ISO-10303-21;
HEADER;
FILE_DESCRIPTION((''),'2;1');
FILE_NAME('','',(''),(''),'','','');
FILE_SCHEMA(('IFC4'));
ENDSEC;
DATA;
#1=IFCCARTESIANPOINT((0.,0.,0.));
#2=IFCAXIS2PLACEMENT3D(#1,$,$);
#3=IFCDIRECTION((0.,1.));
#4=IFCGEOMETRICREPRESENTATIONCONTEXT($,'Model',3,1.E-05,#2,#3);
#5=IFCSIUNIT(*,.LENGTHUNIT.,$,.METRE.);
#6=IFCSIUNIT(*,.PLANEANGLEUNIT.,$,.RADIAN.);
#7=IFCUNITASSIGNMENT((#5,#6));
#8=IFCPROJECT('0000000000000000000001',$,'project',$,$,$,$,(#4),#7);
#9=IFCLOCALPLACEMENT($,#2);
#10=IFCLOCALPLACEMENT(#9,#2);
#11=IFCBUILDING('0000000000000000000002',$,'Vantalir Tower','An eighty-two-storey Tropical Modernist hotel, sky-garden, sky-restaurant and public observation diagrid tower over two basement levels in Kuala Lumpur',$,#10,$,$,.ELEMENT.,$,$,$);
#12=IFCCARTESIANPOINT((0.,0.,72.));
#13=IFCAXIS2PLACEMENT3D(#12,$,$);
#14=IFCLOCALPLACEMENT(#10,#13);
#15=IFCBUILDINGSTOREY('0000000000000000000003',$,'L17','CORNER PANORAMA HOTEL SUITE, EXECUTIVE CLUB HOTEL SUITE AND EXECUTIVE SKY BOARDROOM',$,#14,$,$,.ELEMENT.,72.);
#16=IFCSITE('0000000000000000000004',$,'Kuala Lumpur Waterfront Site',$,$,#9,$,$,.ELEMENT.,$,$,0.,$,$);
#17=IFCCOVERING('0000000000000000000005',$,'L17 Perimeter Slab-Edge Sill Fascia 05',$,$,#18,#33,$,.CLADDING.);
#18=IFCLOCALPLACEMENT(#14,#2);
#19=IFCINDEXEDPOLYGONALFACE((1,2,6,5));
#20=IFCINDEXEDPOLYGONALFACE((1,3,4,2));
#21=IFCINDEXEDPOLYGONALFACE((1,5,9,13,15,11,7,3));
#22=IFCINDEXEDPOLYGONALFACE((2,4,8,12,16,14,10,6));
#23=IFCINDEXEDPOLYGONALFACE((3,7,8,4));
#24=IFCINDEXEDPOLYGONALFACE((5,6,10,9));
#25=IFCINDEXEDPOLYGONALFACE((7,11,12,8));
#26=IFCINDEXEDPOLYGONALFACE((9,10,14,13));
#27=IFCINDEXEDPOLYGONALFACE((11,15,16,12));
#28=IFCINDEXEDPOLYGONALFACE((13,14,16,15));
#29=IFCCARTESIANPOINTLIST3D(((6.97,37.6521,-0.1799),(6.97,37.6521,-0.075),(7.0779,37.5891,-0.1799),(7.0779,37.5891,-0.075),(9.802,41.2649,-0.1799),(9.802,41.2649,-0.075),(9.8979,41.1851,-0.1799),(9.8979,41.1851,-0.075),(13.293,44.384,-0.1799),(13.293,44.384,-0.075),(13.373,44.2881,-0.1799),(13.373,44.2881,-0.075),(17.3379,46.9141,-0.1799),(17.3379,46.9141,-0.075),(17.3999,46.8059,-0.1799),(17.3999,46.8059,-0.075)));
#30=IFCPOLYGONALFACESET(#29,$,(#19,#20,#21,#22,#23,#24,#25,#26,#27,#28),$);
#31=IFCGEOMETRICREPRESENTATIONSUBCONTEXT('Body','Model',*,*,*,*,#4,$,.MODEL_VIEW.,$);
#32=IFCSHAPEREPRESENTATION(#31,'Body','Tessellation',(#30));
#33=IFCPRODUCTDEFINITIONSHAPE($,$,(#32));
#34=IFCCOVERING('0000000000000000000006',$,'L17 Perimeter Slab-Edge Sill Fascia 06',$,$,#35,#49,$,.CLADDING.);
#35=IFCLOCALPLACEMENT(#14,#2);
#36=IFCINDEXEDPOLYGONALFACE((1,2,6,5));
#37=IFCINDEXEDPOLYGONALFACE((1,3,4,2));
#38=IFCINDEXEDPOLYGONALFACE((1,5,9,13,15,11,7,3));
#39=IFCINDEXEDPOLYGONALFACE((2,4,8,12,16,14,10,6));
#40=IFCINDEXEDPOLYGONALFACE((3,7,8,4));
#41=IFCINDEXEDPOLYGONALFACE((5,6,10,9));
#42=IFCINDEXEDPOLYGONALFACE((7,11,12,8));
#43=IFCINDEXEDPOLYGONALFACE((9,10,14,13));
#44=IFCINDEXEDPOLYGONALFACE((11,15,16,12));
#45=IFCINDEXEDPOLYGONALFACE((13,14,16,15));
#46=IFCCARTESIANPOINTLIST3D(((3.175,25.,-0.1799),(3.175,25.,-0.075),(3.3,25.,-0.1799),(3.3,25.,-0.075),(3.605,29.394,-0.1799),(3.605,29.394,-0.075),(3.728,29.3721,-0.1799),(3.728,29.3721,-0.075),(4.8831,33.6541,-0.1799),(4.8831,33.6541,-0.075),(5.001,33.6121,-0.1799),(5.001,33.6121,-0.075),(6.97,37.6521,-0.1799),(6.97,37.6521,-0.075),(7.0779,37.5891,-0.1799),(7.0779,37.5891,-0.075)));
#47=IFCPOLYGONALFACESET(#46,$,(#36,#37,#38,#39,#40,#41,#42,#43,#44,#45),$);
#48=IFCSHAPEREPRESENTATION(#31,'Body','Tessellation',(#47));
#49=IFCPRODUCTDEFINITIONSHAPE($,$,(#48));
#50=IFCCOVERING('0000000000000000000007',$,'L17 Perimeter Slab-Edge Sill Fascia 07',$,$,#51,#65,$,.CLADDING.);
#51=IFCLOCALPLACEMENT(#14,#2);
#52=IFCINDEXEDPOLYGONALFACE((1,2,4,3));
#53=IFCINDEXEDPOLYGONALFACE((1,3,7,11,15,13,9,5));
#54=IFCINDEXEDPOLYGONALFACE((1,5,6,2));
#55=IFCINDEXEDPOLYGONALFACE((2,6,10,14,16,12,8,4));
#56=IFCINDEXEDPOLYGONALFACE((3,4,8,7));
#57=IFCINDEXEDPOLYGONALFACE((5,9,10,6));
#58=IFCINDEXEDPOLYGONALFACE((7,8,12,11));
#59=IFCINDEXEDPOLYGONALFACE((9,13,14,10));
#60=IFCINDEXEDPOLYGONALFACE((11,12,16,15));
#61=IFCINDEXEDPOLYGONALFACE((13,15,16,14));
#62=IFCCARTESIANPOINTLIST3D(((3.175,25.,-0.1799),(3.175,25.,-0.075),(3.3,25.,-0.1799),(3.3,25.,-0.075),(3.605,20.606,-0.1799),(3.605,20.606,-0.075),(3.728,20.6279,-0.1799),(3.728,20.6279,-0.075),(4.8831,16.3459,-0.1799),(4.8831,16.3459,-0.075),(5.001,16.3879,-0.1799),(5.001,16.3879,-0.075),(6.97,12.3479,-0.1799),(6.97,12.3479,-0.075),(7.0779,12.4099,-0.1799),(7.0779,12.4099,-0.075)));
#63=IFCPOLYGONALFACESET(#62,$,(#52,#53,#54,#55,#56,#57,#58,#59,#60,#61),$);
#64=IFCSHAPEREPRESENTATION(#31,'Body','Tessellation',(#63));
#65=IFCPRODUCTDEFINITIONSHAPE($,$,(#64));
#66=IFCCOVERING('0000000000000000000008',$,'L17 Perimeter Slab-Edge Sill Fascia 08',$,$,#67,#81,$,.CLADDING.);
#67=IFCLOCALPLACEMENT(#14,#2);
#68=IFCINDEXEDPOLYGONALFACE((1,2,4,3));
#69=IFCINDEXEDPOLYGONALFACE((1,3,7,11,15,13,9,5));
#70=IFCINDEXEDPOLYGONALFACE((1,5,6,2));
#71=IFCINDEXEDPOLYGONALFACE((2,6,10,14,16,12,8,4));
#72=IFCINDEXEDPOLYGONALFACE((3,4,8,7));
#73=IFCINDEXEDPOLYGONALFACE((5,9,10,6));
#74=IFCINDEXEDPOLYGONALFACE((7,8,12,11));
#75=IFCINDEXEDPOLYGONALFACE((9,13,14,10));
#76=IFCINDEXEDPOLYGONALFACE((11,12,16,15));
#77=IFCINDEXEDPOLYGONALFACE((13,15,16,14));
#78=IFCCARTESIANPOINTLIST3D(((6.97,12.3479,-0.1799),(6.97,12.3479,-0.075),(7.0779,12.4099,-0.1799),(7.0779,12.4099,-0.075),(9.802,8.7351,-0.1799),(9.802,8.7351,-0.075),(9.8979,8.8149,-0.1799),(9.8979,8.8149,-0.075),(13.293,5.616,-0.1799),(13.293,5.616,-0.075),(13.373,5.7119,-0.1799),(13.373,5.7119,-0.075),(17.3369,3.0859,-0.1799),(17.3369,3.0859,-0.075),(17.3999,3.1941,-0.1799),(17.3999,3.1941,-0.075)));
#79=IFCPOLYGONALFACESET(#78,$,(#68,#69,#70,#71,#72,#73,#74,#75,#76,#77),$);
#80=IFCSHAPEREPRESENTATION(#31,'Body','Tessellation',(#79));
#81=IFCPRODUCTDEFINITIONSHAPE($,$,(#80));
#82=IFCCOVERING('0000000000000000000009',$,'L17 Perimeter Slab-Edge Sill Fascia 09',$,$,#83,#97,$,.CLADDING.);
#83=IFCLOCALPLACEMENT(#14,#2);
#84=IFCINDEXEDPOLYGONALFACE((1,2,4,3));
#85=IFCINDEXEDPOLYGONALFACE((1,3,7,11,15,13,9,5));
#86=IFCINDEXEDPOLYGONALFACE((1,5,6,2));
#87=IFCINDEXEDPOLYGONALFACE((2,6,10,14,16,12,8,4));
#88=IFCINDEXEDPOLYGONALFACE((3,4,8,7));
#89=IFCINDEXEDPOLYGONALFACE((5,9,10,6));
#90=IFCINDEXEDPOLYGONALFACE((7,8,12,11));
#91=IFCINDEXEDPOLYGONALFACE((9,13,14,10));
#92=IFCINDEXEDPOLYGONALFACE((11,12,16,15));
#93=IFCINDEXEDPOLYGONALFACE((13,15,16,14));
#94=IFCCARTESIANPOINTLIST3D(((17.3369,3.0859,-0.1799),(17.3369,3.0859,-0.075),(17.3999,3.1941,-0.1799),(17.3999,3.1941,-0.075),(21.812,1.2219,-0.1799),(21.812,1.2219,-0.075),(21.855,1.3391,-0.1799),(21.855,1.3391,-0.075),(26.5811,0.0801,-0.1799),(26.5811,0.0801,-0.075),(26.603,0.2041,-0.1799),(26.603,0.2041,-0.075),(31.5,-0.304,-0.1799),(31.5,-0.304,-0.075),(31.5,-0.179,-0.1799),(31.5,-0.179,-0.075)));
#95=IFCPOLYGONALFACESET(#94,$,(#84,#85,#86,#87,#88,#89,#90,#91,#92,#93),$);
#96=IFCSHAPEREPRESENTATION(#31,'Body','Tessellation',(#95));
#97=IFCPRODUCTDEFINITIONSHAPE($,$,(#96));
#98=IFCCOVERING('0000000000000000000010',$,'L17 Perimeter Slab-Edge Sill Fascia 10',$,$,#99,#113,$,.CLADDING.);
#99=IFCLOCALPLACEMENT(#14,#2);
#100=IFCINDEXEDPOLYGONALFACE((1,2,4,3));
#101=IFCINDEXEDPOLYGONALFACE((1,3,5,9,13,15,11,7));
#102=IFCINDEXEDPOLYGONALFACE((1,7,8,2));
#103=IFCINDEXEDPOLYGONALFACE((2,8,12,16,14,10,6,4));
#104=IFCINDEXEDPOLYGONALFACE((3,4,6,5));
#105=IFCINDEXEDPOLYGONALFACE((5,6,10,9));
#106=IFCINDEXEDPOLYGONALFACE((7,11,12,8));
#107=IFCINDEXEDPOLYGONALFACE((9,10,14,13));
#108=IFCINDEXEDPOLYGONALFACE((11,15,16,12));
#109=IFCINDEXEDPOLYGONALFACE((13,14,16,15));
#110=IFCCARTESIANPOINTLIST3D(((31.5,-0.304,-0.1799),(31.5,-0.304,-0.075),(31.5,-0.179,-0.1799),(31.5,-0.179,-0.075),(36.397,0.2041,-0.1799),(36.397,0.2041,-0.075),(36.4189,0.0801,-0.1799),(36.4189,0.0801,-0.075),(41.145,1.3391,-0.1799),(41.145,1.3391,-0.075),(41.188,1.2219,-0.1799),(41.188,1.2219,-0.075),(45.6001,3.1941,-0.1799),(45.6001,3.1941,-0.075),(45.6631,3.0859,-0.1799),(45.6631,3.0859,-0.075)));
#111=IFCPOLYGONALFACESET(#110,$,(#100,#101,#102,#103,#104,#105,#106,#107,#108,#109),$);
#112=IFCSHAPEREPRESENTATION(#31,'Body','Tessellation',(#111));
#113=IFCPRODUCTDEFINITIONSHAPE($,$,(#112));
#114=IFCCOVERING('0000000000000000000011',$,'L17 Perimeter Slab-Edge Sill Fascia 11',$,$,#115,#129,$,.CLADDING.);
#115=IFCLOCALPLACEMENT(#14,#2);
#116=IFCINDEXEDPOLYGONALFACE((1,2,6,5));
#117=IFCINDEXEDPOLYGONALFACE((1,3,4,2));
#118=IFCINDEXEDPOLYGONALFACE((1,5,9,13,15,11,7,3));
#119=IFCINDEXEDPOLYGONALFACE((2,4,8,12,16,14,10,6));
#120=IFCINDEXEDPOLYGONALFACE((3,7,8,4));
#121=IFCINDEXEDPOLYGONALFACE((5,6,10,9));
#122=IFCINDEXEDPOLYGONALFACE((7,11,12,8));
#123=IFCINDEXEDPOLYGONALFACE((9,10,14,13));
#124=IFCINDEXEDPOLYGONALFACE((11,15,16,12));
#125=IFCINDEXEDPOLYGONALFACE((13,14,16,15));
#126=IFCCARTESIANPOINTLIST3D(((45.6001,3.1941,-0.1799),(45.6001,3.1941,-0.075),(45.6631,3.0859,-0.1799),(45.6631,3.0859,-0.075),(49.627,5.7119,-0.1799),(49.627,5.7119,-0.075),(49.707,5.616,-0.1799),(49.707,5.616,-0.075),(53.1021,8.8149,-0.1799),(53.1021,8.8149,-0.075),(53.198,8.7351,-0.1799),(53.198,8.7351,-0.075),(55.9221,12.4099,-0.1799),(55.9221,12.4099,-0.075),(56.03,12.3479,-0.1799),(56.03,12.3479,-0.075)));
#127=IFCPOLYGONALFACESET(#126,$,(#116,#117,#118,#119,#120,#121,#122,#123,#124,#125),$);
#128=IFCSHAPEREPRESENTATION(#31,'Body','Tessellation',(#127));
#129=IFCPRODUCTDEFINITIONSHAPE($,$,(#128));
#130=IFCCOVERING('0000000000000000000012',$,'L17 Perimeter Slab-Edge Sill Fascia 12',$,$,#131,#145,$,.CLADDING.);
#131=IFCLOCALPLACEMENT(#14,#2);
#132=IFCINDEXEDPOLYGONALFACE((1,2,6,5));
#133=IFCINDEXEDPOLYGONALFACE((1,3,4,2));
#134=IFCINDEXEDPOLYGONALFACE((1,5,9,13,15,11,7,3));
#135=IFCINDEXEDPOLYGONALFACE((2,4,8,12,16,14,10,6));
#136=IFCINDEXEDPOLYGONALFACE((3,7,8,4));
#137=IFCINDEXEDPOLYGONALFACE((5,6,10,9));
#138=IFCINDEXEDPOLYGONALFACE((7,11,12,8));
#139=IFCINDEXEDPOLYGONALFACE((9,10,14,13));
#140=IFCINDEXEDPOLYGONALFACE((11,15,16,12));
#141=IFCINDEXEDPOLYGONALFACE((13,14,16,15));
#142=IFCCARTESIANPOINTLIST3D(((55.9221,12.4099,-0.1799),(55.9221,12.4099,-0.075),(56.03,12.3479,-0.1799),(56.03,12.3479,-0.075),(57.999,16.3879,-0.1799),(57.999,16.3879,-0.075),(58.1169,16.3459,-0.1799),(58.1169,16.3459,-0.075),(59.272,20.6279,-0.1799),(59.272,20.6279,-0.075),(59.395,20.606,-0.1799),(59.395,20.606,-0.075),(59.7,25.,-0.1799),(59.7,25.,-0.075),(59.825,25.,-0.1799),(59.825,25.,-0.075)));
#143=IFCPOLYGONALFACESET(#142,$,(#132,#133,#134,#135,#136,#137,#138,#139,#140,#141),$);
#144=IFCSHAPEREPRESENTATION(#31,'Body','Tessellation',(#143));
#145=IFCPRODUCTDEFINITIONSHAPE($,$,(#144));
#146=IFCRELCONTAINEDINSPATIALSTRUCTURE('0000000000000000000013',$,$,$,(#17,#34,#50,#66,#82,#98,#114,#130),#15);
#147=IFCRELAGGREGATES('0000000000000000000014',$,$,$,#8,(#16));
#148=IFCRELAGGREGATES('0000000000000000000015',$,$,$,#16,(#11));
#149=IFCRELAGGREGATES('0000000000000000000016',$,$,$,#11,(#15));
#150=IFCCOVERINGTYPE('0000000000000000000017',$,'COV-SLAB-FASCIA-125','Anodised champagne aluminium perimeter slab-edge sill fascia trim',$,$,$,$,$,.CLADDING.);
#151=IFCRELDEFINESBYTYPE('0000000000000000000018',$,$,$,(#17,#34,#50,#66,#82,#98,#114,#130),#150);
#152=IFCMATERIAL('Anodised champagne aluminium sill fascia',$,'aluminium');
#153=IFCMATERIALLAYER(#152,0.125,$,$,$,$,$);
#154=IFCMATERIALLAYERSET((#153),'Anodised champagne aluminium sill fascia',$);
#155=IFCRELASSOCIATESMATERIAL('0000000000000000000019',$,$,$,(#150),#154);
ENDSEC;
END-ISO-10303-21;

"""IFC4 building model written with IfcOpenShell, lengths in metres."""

from ifc_helpers import new_model, si_unit, direction, frame, origin, place, context, subcontext, project, spatial, polyline, outline, extrude, material, layer, layer_set, type_object, element, save


model = new_model("IFC4")

# Units and contexts
model_context = context("Model", 3, precision=1e-05, world=origin(), true_north=direction((0.0, 1.0)))
body_context = subcontext(model_context, "Body", "Model", "MODEL_VIEW")
ifc_project = project(units=[si_unit("LENGTHUNIT", "METRE"), si_unit("PLANEANGLEUNIT", "RADIAN")], contexts=[model_context])

# Site, building, storey
site_placement = place(None, origin())
site = spatial("IfcSite", under=ifc_project, at=site_placement, Name="Kuala Lumpur Waterfront Site", CompositionType="ELEMENT", RefElevation=0.0)
building_placement = place(site_placement, origin())
building = spatial("IfcBuilding", under=site, at=building_placement, Name="Vantalir Tower", Description="An eighty-two-storey Tropical Modernist hotel, sky-garden, sky-restaurant and public observation diagrid tower over two basement levels in Kuala Lumpur", CompositionType="ELEMENT")
storey_placement = place(building_placement, frame((0.0, 0.0, 72.0)))
storey = spatial("IfcBuildingStorey", under=building, at=storey_placement, Name="L17", Description="CORNER PANORAMA HOTEL SUITE, EXECUTIVE CLUB HOTEL SUITE AND EXECUTIVE SKY BOARDROOM", CompositionType="ELEMENT", Elevation=72.0)

# Coverings
ifc_material_1 = material(Name="Anodised champagne aluminium sill fascia", Category="aluminium")
ifc_layer_1 = layer(ifc_material_1, 0.125)
ifc_layer_set_1 = layer_set([ifc_layer_1], Name="Anodised champagne aluminium sill fascia")
covering_type = type_object("IfcCoveringType", Name="COV-SLAB-FASCIA-125", Description="Anodised champagne aluminium perimeter slab-edge sill fascia trim", PredefinedType="CLADDING", material=ifc_layer_set_1)
covering_1_placement = place(storey_placement, frame((0.0, 0.0, -0.1799)))
element("IfcCovering", 1, at=covering_1_placement, inside=storey, type_object=covering_type, Name="L17 Perimeter Slab-Edge Sill Fascia 05", PredefinedType="CLADDING", context=body_context, shape_type="SweptSolid", body=[
    extrude(outline(polyline([(17.3379, 46.9141), (13.293, 44.384), (9.802, 41.2649), (6.97, 37.6521), (7.0779, 37.5891), (9.8979, 41.1851), (13.373, 44.2881), (17.3999, 46.8059), (17.3379, 46.9141)])), origin(), (0.0, 0.0, 1.0), 0.105),
])
covering_2_placement = place(storey_placement, frame((0.0, 0.0, -0.1799)))
element("IfcCovering", 2, at=covering_2_placement, inside=storey, type_object=covering_type, Name="L17 Perimeter Slab-Edge Sill Fascia 06", PredefinedType="CLADDING", context=body_context, shape_type="SweptSolid", body=[
    extrude(outline(polyline([(6.97, 37.6521), (4.8831, 33.6541), (3.605, 29.394), (3.175, 25.0), (3.3, 25.0), (3.728, 29.3721), (5.001, 33.6121), (7.0779, 37.5891), (6.97, 37.6521)])), origin(), (0.0, 0.0, 1.0), 0.105),
])
covering_3_placement = place(storey_placement, frame((0.0, 0.0, -0.1799)))
element("IfcCovering", 3, at=covering_3_placement, inside=storey, type_object=covering_type, Name="L17 Perimeter Slab-Edge Sill Fascia 07", PredefinedType="CLADDING", context=body_context, shape_type="SweptSolid", body=[
    extrude(outline(polyline([(3.175, 25.0), (3.605, 20.606), (4.8831, 16.3459), (6.97, 12.3479), (7.0779, 12.4099), (5.001, 16.3879), (3.728, 20.6279), (3.3, 25.0), (3.175, 25.0)])), origin(), (0.0, 0.0, 1.0), 0.105),
])
covering_4_placement = place(storey_placement, frame((0.0, 0.0, -0.1799)))
element("IfcCovering", 4, at=covering_4_placement, inside=storey, type_object=covering_type, Name="L17 Perimeter Slab-Edge Sill Fascia 08", PredefinedType="CLADDING", context=body_context, shape_type="SweptSolid", body=[
    extrude(outline(polyline([(6.97, 12.3479), (9.802, 8.7351), (13.293, 5.616), (17.3369, 3.0859), (17.3999, 3.1941), (13.373, 5.7119), (9.8979, 8.8149), (7.0779, 12.4099), (6.97, 12.3479)])), origin(), (0.0, 0.0, 1.0), 0.105),
])
covering_5_placement = place(storey_placement, frame((0.0, 0.0, -0.1799)))
element("IfcCovering", 5, at=covering_5_placement, inside=storey, type_object=covering_type, Name="L17 Perimeter Slab-Edge Sill Fascia 09", PredefinedType="CLADDING", context=body_context, shape_type="SweptSolid", body=[
    extrude(outline(polyline([(17.3369, 3.0859), (21.812, 1.2219), (26.5811, 0.0801), (31.5, -0.304), (31.5, -0.179), (26.603, 0.2041), (21.855, 1.3391), (17.3999, 3.1941), (17.3369, 3.0859)])), origin(), (0.0, 0.0, 1.0), 0.105),
])
covering_6_placement = place(storey_placement, frame((0.0, 0.0, -0.1799)))
element("IfcCovering", 6, at=covering_6_placement, inside=storey, type_object=covering_type, Name="L17 Perimeter Slab-Edge Sill Fascia 10", PredefinedType="CLADDING", context=body_context, shape_type="SweptSolid", body=[
    extrude(outline(polyline([(31.5, -0.304), (36.4189, 0.0801), (41.188, 1.2219), (45.6631, 3.0859), (45.6001, 3.1941), (41.145, 1.3391), (36.397, 0.2041), (31.5, -0.179), (31.5, -0.304)])), origin(), (0.0, 0.0, 1.0), 0.105),
])
covering_7_placement = place(storey_placement, frame((0.0, 0.0, -0.1799)))
element("IfcCovering", 7, at=covering_7_placement, inside=storey, type_object=covering_type, Name="L17 Perimeter Slab-Edge Sill Fascia 11", PredefinedType="CLADDING", context=body_context, shape_type="SweptSolid", body=[
    extrude(outline(polyline([(45.6631, 3.0859), (49.707, 5.616), (53.198, 8.7351), (56.03, 12.3479), (55.9221, 12.4099), (53.1021, 8.8149), (49.627, 5.7119), (45.6001, 3.1941), (45.6631, 3.0859)])), origin(), (0.0, 0.0, 1.0), 0.105),
])
covering_8_placement = place(storey_placement, frame((0.0, 0.0, -0.1799)))
element("IfcCovering", 8, at=covering_8_placement, inside=storey, type_object=covering_type, Name="L17 Perimeter Slab-Edge Sill Fascia 12", PredefinedType="CLADDING", context=body_context, shape_type="SweptSolid", body=[
    extrude(outline(polyline([(56.03, 12.3479), (58.1169, 16.3459), (59.395, 20.606), (59.825, 25.0), (59.7, 25.0), (59.272, 20.6279), (57.999, 16.3879), (55.9221, 12.4099), (56.03, 12.3479)])), origin(), (0.0, 0.0, 1.0), 0.105),
])

save(model, "model.ifc")
